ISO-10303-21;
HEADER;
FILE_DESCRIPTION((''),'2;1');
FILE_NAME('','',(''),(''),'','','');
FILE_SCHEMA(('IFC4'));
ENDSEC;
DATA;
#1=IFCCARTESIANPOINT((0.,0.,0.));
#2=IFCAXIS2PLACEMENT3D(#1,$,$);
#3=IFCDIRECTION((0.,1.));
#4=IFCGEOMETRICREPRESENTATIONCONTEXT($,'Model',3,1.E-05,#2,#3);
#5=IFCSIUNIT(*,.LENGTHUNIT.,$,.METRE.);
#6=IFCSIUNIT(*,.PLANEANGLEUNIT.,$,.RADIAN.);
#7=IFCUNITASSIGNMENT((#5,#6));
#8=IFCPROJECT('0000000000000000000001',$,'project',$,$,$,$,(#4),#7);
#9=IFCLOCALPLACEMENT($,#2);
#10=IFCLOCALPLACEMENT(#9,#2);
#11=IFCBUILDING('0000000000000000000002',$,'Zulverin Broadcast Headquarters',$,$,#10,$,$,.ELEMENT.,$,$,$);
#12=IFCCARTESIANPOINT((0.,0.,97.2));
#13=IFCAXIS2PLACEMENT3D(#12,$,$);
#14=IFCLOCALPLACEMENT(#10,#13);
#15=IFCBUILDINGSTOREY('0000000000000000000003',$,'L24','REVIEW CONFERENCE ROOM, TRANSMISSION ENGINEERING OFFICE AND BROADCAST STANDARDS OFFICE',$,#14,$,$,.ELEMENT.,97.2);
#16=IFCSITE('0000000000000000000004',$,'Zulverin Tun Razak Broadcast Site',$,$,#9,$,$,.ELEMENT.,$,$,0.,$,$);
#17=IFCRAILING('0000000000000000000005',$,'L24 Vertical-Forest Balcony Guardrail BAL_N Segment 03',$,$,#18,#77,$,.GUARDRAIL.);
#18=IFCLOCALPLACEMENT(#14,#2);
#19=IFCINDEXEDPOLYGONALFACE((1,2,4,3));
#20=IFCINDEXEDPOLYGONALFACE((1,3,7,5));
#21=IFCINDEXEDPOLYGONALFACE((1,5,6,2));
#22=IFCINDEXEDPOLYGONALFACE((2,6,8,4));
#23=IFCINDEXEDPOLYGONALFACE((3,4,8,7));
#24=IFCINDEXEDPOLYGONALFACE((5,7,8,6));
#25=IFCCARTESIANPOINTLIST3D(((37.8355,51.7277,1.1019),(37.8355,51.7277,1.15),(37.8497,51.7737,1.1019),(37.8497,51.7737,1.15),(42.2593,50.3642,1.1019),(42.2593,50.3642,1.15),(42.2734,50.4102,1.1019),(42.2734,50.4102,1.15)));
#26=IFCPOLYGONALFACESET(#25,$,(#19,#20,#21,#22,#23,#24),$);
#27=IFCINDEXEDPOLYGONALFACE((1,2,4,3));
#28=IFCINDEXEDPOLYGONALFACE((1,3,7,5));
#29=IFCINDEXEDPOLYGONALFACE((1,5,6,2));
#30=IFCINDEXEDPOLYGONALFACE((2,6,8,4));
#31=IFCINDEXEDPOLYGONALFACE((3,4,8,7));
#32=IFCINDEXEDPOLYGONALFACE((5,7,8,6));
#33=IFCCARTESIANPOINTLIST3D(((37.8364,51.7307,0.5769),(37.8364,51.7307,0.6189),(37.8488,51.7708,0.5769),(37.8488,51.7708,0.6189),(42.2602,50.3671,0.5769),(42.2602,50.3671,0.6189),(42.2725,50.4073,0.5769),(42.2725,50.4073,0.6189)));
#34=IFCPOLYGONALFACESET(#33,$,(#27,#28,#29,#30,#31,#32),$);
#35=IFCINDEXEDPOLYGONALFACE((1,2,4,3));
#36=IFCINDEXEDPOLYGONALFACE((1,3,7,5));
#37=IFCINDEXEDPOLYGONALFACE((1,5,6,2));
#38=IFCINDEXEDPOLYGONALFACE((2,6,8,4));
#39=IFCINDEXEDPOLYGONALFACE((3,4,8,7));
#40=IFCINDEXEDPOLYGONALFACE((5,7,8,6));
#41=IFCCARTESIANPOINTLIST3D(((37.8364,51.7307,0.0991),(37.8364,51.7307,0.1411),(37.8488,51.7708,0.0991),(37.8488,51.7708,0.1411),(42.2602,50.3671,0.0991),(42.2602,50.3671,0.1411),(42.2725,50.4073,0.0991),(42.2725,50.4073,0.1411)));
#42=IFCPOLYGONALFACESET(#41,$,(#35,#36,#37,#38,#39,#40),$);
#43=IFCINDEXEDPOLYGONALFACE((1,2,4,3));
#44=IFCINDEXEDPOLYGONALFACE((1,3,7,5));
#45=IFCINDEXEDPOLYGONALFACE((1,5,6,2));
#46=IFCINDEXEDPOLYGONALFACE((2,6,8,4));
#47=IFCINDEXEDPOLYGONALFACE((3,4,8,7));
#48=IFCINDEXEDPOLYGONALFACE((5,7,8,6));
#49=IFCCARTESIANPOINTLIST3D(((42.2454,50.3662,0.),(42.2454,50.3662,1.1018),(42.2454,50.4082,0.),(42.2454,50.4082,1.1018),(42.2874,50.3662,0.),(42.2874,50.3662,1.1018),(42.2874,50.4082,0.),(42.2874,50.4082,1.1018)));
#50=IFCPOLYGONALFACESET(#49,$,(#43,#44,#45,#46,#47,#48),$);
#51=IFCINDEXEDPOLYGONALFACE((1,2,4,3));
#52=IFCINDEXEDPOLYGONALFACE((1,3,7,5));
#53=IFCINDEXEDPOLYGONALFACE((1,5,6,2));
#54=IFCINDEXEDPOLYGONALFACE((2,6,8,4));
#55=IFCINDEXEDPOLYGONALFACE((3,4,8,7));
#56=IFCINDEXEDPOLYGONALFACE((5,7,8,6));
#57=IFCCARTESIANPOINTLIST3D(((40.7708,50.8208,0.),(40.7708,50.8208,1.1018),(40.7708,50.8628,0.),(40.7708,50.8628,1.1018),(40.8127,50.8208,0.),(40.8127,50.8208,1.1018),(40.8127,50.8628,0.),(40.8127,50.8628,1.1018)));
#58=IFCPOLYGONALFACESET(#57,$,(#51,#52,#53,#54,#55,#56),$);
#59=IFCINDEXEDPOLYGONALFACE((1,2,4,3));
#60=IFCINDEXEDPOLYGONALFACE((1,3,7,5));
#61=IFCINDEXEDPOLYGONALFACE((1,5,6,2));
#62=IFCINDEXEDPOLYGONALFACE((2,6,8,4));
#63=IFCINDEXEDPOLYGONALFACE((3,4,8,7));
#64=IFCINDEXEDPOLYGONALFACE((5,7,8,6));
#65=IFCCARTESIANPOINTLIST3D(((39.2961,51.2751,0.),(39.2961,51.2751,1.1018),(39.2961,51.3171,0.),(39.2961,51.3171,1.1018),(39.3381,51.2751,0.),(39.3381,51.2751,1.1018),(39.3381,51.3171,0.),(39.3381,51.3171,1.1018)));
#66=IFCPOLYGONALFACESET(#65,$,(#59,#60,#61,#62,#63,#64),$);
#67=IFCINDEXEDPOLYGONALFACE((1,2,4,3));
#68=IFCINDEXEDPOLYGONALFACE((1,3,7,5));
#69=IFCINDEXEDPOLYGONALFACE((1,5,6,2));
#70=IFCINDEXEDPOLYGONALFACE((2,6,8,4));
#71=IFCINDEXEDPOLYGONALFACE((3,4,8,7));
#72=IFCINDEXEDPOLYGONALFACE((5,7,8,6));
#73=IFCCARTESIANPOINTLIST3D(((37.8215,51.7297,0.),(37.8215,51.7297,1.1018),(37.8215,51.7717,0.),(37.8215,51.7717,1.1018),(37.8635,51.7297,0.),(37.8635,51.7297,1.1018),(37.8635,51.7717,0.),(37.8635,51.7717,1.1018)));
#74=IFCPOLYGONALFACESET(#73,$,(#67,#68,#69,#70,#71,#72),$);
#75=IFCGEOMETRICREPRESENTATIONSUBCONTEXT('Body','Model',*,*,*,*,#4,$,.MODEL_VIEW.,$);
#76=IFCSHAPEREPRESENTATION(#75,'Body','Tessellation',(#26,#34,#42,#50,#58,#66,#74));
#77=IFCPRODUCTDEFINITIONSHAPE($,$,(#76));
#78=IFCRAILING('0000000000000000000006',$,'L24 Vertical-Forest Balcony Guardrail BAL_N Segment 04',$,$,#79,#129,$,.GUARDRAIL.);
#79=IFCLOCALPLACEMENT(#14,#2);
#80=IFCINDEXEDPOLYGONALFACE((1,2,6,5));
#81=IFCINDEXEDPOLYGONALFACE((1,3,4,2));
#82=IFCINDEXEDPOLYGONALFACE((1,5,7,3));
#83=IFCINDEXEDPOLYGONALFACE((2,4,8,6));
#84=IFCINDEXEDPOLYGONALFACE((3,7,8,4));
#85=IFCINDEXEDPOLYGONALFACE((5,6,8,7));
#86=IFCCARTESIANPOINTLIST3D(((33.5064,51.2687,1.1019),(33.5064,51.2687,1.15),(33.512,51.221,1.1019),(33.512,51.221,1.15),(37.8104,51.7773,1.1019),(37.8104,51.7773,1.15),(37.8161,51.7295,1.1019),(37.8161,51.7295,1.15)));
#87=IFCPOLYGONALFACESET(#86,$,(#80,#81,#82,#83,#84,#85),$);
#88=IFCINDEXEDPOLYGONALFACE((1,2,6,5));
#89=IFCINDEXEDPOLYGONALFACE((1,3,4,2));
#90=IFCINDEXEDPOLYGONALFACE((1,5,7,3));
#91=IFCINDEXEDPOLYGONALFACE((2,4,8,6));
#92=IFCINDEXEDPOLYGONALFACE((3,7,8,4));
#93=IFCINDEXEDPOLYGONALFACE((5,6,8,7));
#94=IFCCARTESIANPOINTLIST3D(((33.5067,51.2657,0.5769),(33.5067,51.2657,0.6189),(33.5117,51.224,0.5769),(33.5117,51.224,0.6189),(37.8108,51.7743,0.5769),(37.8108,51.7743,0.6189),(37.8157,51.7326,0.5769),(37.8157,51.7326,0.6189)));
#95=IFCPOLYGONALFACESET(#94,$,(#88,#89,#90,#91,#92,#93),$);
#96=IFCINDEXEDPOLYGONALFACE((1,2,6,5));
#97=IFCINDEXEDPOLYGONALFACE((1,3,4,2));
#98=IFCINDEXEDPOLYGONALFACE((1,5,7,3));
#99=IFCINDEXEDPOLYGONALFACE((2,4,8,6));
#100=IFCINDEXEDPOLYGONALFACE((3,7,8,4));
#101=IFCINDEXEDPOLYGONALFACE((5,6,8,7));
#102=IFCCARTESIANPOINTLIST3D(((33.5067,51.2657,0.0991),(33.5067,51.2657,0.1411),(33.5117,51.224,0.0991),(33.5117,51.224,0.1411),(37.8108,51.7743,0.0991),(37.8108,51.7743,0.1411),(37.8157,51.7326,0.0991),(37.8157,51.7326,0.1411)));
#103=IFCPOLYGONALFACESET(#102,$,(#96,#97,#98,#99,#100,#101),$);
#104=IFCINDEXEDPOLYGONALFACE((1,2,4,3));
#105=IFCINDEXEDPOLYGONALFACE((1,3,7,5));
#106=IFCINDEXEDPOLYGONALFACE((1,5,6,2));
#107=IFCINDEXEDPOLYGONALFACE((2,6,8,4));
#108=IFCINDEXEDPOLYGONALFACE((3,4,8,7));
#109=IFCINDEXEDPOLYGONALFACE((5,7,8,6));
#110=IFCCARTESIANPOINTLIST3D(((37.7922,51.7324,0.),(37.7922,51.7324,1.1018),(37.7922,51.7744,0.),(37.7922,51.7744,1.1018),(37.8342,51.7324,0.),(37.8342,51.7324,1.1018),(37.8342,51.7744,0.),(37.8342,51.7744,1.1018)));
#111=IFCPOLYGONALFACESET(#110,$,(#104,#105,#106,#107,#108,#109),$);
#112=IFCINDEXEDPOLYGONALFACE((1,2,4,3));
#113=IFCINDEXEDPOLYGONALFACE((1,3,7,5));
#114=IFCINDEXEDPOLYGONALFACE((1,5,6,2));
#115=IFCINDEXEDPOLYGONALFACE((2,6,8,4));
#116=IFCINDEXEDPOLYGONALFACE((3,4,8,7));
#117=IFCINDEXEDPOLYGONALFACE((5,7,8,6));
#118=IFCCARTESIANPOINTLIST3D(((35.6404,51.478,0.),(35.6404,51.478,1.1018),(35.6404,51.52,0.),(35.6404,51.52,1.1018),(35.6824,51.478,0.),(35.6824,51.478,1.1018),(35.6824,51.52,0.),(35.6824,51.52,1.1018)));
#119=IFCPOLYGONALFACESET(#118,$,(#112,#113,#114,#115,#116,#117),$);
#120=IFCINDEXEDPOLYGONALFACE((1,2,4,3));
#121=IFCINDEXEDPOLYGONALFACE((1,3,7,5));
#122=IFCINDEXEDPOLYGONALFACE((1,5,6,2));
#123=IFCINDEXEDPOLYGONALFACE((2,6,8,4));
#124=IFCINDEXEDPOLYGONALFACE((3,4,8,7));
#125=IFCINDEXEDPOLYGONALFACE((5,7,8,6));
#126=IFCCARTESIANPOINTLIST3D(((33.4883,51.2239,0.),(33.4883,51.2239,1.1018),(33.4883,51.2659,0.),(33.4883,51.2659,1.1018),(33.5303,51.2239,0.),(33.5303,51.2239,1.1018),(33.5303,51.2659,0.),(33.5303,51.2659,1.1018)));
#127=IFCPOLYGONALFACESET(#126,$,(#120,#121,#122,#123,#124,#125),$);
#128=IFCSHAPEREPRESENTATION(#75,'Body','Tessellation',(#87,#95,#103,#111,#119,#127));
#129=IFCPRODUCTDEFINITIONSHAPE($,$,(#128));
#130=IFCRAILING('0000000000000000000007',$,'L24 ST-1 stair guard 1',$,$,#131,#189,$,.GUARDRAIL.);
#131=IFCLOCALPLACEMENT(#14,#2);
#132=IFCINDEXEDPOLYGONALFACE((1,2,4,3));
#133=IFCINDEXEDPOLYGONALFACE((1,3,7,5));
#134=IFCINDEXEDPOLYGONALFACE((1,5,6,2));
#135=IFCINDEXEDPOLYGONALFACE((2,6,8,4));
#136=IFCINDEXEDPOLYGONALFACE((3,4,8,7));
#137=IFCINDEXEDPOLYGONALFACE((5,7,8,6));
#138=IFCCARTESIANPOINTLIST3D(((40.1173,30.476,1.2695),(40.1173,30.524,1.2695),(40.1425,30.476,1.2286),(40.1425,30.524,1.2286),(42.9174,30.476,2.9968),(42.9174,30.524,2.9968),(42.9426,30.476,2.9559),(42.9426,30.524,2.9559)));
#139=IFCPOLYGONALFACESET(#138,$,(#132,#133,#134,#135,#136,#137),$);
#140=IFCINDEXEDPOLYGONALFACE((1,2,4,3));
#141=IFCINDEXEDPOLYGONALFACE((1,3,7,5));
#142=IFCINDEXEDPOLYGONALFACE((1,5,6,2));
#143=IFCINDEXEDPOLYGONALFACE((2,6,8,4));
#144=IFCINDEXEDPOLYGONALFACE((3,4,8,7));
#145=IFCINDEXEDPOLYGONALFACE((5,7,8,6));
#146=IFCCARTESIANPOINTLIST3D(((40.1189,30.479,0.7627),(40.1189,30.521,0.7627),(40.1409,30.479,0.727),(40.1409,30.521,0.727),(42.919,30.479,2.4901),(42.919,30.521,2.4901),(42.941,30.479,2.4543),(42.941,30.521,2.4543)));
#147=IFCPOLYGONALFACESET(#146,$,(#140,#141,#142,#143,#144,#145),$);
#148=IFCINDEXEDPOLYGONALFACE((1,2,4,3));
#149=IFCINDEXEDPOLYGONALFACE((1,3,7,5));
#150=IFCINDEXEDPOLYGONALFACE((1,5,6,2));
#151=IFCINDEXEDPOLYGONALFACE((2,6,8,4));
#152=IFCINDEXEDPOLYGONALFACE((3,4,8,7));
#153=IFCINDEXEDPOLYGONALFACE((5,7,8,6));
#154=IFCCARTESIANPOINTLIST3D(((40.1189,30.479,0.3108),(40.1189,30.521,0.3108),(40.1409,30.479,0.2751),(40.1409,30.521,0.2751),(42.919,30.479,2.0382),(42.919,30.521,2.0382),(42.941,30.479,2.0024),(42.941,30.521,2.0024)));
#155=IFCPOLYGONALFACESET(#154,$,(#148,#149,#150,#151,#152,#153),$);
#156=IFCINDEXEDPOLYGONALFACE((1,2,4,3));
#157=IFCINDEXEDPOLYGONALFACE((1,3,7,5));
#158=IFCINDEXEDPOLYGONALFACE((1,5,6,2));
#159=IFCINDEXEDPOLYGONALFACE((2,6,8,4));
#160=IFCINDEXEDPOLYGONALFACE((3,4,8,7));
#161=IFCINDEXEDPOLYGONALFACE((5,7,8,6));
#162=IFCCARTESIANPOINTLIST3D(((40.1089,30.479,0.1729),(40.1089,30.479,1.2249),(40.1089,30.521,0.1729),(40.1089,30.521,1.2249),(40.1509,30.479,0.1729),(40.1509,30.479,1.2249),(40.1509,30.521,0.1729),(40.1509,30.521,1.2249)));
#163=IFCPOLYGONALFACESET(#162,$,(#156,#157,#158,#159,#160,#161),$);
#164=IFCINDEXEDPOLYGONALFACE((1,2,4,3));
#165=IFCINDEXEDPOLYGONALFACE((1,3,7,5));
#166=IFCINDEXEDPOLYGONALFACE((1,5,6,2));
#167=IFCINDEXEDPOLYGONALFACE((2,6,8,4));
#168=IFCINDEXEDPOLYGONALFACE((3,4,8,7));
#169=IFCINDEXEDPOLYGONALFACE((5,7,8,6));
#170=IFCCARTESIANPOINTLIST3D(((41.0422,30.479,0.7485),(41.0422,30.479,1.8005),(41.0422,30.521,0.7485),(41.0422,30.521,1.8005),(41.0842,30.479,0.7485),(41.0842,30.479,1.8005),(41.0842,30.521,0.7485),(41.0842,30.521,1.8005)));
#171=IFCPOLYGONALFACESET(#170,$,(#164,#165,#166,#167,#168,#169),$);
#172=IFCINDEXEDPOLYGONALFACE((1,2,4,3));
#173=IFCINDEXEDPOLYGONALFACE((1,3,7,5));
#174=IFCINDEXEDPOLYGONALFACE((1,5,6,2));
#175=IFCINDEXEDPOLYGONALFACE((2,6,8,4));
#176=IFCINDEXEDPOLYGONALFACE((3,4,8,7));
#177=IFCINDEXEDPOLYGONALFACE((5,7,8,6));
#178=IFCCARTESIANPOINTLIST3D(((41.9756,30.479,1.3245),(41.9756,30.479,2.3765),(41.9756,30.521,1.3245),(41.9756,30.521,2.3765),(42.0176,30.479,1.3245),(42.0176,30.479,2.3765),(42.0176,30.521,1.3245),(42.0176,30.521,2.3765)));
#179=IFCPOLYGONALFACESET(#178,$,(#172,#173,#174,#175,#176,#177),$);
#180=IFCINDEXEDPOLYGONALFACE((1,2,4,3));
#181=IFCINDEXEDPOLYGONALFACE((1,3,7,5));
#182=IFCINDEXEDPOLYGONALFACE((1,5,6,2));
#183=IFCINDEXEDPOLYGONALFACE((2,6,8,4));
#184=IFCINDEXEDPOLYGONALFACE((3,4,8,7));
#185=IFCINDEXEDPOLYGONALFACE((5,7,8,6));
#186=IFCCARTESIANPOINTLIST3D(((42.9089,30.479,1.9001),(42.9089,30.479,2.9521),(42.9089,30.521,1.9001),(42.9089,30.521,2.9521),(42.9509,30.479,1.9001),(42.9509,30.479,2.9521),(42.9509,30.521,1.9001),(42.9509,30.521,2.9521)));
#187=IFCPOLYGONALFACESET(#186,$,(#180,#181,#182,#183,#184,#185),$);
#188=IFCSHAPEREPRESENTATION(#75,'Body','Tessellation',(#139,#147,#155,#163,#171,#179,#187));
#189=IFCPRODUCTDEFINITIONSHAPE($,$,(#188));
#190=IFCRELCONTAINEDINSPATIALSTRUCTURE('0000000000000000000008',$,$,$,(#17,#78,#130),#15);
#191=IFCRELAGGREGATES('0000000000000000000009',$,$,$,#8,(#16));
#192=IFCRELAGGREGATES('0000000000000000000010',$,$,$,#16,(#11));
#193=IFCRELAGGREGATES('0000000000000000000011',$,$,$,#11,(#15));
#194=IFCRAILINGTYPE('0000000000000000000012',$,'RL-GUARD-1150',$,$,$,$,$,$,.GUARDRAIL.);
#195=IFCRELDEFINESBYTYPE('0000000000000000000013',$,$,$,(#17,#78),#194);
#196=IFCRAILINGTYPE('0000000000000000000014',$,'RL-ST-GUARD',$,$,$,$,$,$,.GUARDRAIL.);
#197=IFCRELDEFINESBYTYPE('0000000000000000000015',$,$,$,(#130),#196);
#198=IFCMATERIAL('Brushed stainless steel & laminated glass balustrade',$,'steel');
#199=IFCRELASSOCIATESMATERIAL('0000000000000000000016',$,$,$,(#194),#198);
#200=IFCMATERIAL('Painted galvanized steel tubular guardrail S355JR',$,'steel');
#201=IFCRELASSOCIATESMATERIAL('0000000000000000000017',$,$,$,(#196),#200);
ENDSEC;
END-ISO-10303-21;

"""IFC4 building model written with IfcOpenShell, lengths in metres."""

from ifc_helpers import new_model, si_unit, direction, frame, origin, origin_2d, place, context, subcontext, project, spatial, rectangle, extrude, material, type_object, element, save


model = new_model("IFC4")

# Units and contexts
model_context = context("Model", 3, precision=1e-05, world=origin(), true_north=direction((0.0, 1.0)))
body_context = subcontext(model_context, "Body", "Model", "MODEL_VIEW")
ifc_project = project(units=[si_unit("LENGTHUNIT", "METRE"), si_unit("PLANEANGLEUNIT", "RADIAN")], contexts=[model_context])

# Site, building, storey
site_placement = place(None, origin())
site = spatial("IfcSite", under=ifc_project, at=site_placement, Name="Zulverin Tun Razak Broadcast Site", CompositionType="ELEMENT", RefElevation=0.0)
building_placement = place(site_placement, origin())
building = spatial("IfcBuilding", under=site, at=building_placement, Name="Zulverin Broadcast Headquarters", CompositionType="ELEMENT")
storey_placement = place(building_placement, frame((0.0, 0.0, 97.2)))
storey = spatial("IfcBuildingStorey", under=building, at=storey_placement, Name="L24", Description="REVIEW CONFERENCE ROOM, TRANSMISSION ENGINEERING OFFICE AND BROADCAST STANDARDS OFFICE", CompositionType="ELEMENT", Elevation=97.2)

# Railings
ifc_material_1 = material(Name="Brushed stainless steel & laminated glass balustrade", Category="steel")
railing_type_1 = type_object("IfcRailingType", Name="RL-GUARD-1150", PredefinedType="GUARDRAIL", material=ifc_material_1)
railing_1_placement = place(storey_placement, frame((42.2664, 50.3872, 0.0)))
element("IfcRailing", 1, at=railing_1_placement, inside=storey, type_object=railing_type_1, Name="L24 Vertical-Forest Balcony Guardrail BAL_N Segment 03", PredefinedType="GUARDRAIL", context=body_context, shape_type="SweptSolid", body=[
    extrude(rectangle(XDim=0.0481, YDim=0.0481, at=origin_2d()), frame((0.0, 0.0, 1.126), z_axis=(-0.955636, 0.294549, 0.0), x_axis=(-0.294549, -0.955636, 0.0)), (0.0, 0.0, 1.0), 4.6292),
    extrude(rectangle(XDim=0.042, YDim=0.042, at=origin_2d()), frame((0.0, 0.0, 0.5979), z_axis=(-0.955636, 0.294549, 0.0), x_axis=(-0.294549, -0.955636, 0.0)), (0.0, 0.0, 1.0), 4.6292),
    extrude(rectangle(XDim=0.042, YDim=0.042, at=origin_2d()), frame((0.0, 0.0, 0.1201), z_axis=(-0.955636, 0.294549, 0.0), x_axis=(-0.294549, -0.955636, 0.0)), (0.0, 0.0, 1.0), 4.6292),
    extrude(rectangle(XDim=0.042, YDim=0.042, at=origin_2d()), origin(), (0.0, 0.0, 1.0), 1.1018),
    extrude(rectangle(XDim=0.042, YDim=0.042, at=origin_2d()), frame((-1.4746, 0.4546, 0.0)), (0.0, 0.0, 1.0), 1.1018),
    extrude(rectangle(XDim=0.042, YDim=0.042, at=origin_2d()), frame((-2.9492, 0.9089, 0.0)), (0.0, 0.0, 1.0), 1.1018),
    extrude(rectangle(XDim=0.042, YDim=0.042, at=origin_2d()), frame((-4.4238, 1.3635, 0.0)), (0.0, 0.0, 1.0), 1.1018),
])
railing_2_placement = place(storey_placement, frame((37.8132, 51.7534, 0.0)))
element("IfcRailing", 2, at=railing_2_placement, inside=storey, type_object=railing_type_1, Name="L24 Vertical-Forest Balcony Guardrail BAL_N Segment 04", PredefinedType="GUARDRAIL", context=body_context, shape_type="SweptSolid", body=[
    extrude(rectangle(XDim=0.0481, YDim=0.0481, at=origin_2d()), frame((0.0, 0.0, 1.126), z_axis=(-0.993092, -0.117341, 0.0), x_axis=(0.117341, -0.993092, 0.0)), (0.0, 0.0, 1.0), 4.334),
    extrude(rectangle(XDim=0.042, YDim=0.042, at=origin_2d()), frame((0.0, 0.0, 0.5979), z_axis=(-0.993092, -0.117341, 0.0), x_axis=(0.117341, -0.993092, 0.0)), (0.0, 0.0, 1.0), 4.334),
    extrude(rectangle(XDim=0.042, YDim=0.042, at=origin_2d()), frame((0.0, 0.0, 0.1201), z_axis=(-0.993092, -0.117341, 0.0), x_axis=(0.117341, -0.993092, 0.0)), (0.0, 0.0, 1.0), 4.334),
    extrude(rectangle(XDim=0.042, YDim=0.042, at=origin_2d()), origin(), (0.0, 0.0, 1.0), 1.1018),
    extrude(rectangle(XDim=0.042, YDim=0.042, at=origin_2d()), frame((-2.1519, -0.2544, 0.0)), (0.0, 0.0, 1.0), 1.1018),
    extrude(rectangle(XDim=0.042, YDim=0.042, at=origin_2d()), frame((-4.304, -0.5085, 0.0)), (0.0, 0.0, 1.0), 1.1018),
])
ifc_material_2 = material(Name="Painted galvanized steel tubular guardrail S355JR", Category="steel")
railing_type_2 = type_object("IfcRailingType", Name="RL-ST-GUARD", PredefinedType="GUARDRAIL", material=ifc_material_2)
railing_3_placement = place(storey_placement, frame((40.1299, 30.5, 0.1729)))
element("IfcRailing", 3, at=railing_3_placement, inside=storey, type_object=railing_type_2, Name="L24 ST-1 stair guard 1", PredefinedType="GUARDRAIL", context=body_context, shape_type="SweptSolid", body=[
    extrude(rectangle(XDim=0.0481, YDim=0.0481, at=origin_2d()), frame((0.0, 0.0, 1.0762), z_axis=(0.85109, 0.0, 0.52502), x_axis=(0.0, 1.0, 0.0)), (0.0, 0.0, 1.0), 3.29),
    extrude(rectangle(XDim=0.042, YDim=0.042, at=origin_2d()), frame((0.0, 0.0, 0.572), z_axis=(0.85109, 0.0, 0.52502), x_axis=(0.0, 1.0, 0.0)), (0.0, 0.0, 1.0), 3.29),
    extrude(rectangle(XDim=0.042, YDim=0.042, at=origin_2d()), frame((0.0, 0.0, 0.1201), z_axis=(0.85109, 0.0, 0.52502), x_axis=(0.0, 1.0, 0.0)), (0.0, 0.0, 1.0), 3.29),
    extrude(rectangle(XDim=0.042, YDim=0.042, at=origin_2d()), origin(), (0.0, 0.0, 1.0), 1.052),
    extrude(rectangle(XDim=0.042, YDim=0.042, at=origin_2d()), frame((0.9333, 0.0, 0.5757)), (0.0, 0.0, 1.0), 1.052),
    extrude(rectangle(XDim=0.042, YDim=0.042, at=origin_2d()), frame((1.8667, 0.0, 1.1516)), (0.0, 0.0, 1.0), 1.052),
    extrude(rectangle(XDim=0.042, YDim=0.042, at=origin_2d()), frame((2.8, 0.0, 1.7273)), (0.0, 0.0, 1.0), 1.052),
])

save(model, "model.ifc")
